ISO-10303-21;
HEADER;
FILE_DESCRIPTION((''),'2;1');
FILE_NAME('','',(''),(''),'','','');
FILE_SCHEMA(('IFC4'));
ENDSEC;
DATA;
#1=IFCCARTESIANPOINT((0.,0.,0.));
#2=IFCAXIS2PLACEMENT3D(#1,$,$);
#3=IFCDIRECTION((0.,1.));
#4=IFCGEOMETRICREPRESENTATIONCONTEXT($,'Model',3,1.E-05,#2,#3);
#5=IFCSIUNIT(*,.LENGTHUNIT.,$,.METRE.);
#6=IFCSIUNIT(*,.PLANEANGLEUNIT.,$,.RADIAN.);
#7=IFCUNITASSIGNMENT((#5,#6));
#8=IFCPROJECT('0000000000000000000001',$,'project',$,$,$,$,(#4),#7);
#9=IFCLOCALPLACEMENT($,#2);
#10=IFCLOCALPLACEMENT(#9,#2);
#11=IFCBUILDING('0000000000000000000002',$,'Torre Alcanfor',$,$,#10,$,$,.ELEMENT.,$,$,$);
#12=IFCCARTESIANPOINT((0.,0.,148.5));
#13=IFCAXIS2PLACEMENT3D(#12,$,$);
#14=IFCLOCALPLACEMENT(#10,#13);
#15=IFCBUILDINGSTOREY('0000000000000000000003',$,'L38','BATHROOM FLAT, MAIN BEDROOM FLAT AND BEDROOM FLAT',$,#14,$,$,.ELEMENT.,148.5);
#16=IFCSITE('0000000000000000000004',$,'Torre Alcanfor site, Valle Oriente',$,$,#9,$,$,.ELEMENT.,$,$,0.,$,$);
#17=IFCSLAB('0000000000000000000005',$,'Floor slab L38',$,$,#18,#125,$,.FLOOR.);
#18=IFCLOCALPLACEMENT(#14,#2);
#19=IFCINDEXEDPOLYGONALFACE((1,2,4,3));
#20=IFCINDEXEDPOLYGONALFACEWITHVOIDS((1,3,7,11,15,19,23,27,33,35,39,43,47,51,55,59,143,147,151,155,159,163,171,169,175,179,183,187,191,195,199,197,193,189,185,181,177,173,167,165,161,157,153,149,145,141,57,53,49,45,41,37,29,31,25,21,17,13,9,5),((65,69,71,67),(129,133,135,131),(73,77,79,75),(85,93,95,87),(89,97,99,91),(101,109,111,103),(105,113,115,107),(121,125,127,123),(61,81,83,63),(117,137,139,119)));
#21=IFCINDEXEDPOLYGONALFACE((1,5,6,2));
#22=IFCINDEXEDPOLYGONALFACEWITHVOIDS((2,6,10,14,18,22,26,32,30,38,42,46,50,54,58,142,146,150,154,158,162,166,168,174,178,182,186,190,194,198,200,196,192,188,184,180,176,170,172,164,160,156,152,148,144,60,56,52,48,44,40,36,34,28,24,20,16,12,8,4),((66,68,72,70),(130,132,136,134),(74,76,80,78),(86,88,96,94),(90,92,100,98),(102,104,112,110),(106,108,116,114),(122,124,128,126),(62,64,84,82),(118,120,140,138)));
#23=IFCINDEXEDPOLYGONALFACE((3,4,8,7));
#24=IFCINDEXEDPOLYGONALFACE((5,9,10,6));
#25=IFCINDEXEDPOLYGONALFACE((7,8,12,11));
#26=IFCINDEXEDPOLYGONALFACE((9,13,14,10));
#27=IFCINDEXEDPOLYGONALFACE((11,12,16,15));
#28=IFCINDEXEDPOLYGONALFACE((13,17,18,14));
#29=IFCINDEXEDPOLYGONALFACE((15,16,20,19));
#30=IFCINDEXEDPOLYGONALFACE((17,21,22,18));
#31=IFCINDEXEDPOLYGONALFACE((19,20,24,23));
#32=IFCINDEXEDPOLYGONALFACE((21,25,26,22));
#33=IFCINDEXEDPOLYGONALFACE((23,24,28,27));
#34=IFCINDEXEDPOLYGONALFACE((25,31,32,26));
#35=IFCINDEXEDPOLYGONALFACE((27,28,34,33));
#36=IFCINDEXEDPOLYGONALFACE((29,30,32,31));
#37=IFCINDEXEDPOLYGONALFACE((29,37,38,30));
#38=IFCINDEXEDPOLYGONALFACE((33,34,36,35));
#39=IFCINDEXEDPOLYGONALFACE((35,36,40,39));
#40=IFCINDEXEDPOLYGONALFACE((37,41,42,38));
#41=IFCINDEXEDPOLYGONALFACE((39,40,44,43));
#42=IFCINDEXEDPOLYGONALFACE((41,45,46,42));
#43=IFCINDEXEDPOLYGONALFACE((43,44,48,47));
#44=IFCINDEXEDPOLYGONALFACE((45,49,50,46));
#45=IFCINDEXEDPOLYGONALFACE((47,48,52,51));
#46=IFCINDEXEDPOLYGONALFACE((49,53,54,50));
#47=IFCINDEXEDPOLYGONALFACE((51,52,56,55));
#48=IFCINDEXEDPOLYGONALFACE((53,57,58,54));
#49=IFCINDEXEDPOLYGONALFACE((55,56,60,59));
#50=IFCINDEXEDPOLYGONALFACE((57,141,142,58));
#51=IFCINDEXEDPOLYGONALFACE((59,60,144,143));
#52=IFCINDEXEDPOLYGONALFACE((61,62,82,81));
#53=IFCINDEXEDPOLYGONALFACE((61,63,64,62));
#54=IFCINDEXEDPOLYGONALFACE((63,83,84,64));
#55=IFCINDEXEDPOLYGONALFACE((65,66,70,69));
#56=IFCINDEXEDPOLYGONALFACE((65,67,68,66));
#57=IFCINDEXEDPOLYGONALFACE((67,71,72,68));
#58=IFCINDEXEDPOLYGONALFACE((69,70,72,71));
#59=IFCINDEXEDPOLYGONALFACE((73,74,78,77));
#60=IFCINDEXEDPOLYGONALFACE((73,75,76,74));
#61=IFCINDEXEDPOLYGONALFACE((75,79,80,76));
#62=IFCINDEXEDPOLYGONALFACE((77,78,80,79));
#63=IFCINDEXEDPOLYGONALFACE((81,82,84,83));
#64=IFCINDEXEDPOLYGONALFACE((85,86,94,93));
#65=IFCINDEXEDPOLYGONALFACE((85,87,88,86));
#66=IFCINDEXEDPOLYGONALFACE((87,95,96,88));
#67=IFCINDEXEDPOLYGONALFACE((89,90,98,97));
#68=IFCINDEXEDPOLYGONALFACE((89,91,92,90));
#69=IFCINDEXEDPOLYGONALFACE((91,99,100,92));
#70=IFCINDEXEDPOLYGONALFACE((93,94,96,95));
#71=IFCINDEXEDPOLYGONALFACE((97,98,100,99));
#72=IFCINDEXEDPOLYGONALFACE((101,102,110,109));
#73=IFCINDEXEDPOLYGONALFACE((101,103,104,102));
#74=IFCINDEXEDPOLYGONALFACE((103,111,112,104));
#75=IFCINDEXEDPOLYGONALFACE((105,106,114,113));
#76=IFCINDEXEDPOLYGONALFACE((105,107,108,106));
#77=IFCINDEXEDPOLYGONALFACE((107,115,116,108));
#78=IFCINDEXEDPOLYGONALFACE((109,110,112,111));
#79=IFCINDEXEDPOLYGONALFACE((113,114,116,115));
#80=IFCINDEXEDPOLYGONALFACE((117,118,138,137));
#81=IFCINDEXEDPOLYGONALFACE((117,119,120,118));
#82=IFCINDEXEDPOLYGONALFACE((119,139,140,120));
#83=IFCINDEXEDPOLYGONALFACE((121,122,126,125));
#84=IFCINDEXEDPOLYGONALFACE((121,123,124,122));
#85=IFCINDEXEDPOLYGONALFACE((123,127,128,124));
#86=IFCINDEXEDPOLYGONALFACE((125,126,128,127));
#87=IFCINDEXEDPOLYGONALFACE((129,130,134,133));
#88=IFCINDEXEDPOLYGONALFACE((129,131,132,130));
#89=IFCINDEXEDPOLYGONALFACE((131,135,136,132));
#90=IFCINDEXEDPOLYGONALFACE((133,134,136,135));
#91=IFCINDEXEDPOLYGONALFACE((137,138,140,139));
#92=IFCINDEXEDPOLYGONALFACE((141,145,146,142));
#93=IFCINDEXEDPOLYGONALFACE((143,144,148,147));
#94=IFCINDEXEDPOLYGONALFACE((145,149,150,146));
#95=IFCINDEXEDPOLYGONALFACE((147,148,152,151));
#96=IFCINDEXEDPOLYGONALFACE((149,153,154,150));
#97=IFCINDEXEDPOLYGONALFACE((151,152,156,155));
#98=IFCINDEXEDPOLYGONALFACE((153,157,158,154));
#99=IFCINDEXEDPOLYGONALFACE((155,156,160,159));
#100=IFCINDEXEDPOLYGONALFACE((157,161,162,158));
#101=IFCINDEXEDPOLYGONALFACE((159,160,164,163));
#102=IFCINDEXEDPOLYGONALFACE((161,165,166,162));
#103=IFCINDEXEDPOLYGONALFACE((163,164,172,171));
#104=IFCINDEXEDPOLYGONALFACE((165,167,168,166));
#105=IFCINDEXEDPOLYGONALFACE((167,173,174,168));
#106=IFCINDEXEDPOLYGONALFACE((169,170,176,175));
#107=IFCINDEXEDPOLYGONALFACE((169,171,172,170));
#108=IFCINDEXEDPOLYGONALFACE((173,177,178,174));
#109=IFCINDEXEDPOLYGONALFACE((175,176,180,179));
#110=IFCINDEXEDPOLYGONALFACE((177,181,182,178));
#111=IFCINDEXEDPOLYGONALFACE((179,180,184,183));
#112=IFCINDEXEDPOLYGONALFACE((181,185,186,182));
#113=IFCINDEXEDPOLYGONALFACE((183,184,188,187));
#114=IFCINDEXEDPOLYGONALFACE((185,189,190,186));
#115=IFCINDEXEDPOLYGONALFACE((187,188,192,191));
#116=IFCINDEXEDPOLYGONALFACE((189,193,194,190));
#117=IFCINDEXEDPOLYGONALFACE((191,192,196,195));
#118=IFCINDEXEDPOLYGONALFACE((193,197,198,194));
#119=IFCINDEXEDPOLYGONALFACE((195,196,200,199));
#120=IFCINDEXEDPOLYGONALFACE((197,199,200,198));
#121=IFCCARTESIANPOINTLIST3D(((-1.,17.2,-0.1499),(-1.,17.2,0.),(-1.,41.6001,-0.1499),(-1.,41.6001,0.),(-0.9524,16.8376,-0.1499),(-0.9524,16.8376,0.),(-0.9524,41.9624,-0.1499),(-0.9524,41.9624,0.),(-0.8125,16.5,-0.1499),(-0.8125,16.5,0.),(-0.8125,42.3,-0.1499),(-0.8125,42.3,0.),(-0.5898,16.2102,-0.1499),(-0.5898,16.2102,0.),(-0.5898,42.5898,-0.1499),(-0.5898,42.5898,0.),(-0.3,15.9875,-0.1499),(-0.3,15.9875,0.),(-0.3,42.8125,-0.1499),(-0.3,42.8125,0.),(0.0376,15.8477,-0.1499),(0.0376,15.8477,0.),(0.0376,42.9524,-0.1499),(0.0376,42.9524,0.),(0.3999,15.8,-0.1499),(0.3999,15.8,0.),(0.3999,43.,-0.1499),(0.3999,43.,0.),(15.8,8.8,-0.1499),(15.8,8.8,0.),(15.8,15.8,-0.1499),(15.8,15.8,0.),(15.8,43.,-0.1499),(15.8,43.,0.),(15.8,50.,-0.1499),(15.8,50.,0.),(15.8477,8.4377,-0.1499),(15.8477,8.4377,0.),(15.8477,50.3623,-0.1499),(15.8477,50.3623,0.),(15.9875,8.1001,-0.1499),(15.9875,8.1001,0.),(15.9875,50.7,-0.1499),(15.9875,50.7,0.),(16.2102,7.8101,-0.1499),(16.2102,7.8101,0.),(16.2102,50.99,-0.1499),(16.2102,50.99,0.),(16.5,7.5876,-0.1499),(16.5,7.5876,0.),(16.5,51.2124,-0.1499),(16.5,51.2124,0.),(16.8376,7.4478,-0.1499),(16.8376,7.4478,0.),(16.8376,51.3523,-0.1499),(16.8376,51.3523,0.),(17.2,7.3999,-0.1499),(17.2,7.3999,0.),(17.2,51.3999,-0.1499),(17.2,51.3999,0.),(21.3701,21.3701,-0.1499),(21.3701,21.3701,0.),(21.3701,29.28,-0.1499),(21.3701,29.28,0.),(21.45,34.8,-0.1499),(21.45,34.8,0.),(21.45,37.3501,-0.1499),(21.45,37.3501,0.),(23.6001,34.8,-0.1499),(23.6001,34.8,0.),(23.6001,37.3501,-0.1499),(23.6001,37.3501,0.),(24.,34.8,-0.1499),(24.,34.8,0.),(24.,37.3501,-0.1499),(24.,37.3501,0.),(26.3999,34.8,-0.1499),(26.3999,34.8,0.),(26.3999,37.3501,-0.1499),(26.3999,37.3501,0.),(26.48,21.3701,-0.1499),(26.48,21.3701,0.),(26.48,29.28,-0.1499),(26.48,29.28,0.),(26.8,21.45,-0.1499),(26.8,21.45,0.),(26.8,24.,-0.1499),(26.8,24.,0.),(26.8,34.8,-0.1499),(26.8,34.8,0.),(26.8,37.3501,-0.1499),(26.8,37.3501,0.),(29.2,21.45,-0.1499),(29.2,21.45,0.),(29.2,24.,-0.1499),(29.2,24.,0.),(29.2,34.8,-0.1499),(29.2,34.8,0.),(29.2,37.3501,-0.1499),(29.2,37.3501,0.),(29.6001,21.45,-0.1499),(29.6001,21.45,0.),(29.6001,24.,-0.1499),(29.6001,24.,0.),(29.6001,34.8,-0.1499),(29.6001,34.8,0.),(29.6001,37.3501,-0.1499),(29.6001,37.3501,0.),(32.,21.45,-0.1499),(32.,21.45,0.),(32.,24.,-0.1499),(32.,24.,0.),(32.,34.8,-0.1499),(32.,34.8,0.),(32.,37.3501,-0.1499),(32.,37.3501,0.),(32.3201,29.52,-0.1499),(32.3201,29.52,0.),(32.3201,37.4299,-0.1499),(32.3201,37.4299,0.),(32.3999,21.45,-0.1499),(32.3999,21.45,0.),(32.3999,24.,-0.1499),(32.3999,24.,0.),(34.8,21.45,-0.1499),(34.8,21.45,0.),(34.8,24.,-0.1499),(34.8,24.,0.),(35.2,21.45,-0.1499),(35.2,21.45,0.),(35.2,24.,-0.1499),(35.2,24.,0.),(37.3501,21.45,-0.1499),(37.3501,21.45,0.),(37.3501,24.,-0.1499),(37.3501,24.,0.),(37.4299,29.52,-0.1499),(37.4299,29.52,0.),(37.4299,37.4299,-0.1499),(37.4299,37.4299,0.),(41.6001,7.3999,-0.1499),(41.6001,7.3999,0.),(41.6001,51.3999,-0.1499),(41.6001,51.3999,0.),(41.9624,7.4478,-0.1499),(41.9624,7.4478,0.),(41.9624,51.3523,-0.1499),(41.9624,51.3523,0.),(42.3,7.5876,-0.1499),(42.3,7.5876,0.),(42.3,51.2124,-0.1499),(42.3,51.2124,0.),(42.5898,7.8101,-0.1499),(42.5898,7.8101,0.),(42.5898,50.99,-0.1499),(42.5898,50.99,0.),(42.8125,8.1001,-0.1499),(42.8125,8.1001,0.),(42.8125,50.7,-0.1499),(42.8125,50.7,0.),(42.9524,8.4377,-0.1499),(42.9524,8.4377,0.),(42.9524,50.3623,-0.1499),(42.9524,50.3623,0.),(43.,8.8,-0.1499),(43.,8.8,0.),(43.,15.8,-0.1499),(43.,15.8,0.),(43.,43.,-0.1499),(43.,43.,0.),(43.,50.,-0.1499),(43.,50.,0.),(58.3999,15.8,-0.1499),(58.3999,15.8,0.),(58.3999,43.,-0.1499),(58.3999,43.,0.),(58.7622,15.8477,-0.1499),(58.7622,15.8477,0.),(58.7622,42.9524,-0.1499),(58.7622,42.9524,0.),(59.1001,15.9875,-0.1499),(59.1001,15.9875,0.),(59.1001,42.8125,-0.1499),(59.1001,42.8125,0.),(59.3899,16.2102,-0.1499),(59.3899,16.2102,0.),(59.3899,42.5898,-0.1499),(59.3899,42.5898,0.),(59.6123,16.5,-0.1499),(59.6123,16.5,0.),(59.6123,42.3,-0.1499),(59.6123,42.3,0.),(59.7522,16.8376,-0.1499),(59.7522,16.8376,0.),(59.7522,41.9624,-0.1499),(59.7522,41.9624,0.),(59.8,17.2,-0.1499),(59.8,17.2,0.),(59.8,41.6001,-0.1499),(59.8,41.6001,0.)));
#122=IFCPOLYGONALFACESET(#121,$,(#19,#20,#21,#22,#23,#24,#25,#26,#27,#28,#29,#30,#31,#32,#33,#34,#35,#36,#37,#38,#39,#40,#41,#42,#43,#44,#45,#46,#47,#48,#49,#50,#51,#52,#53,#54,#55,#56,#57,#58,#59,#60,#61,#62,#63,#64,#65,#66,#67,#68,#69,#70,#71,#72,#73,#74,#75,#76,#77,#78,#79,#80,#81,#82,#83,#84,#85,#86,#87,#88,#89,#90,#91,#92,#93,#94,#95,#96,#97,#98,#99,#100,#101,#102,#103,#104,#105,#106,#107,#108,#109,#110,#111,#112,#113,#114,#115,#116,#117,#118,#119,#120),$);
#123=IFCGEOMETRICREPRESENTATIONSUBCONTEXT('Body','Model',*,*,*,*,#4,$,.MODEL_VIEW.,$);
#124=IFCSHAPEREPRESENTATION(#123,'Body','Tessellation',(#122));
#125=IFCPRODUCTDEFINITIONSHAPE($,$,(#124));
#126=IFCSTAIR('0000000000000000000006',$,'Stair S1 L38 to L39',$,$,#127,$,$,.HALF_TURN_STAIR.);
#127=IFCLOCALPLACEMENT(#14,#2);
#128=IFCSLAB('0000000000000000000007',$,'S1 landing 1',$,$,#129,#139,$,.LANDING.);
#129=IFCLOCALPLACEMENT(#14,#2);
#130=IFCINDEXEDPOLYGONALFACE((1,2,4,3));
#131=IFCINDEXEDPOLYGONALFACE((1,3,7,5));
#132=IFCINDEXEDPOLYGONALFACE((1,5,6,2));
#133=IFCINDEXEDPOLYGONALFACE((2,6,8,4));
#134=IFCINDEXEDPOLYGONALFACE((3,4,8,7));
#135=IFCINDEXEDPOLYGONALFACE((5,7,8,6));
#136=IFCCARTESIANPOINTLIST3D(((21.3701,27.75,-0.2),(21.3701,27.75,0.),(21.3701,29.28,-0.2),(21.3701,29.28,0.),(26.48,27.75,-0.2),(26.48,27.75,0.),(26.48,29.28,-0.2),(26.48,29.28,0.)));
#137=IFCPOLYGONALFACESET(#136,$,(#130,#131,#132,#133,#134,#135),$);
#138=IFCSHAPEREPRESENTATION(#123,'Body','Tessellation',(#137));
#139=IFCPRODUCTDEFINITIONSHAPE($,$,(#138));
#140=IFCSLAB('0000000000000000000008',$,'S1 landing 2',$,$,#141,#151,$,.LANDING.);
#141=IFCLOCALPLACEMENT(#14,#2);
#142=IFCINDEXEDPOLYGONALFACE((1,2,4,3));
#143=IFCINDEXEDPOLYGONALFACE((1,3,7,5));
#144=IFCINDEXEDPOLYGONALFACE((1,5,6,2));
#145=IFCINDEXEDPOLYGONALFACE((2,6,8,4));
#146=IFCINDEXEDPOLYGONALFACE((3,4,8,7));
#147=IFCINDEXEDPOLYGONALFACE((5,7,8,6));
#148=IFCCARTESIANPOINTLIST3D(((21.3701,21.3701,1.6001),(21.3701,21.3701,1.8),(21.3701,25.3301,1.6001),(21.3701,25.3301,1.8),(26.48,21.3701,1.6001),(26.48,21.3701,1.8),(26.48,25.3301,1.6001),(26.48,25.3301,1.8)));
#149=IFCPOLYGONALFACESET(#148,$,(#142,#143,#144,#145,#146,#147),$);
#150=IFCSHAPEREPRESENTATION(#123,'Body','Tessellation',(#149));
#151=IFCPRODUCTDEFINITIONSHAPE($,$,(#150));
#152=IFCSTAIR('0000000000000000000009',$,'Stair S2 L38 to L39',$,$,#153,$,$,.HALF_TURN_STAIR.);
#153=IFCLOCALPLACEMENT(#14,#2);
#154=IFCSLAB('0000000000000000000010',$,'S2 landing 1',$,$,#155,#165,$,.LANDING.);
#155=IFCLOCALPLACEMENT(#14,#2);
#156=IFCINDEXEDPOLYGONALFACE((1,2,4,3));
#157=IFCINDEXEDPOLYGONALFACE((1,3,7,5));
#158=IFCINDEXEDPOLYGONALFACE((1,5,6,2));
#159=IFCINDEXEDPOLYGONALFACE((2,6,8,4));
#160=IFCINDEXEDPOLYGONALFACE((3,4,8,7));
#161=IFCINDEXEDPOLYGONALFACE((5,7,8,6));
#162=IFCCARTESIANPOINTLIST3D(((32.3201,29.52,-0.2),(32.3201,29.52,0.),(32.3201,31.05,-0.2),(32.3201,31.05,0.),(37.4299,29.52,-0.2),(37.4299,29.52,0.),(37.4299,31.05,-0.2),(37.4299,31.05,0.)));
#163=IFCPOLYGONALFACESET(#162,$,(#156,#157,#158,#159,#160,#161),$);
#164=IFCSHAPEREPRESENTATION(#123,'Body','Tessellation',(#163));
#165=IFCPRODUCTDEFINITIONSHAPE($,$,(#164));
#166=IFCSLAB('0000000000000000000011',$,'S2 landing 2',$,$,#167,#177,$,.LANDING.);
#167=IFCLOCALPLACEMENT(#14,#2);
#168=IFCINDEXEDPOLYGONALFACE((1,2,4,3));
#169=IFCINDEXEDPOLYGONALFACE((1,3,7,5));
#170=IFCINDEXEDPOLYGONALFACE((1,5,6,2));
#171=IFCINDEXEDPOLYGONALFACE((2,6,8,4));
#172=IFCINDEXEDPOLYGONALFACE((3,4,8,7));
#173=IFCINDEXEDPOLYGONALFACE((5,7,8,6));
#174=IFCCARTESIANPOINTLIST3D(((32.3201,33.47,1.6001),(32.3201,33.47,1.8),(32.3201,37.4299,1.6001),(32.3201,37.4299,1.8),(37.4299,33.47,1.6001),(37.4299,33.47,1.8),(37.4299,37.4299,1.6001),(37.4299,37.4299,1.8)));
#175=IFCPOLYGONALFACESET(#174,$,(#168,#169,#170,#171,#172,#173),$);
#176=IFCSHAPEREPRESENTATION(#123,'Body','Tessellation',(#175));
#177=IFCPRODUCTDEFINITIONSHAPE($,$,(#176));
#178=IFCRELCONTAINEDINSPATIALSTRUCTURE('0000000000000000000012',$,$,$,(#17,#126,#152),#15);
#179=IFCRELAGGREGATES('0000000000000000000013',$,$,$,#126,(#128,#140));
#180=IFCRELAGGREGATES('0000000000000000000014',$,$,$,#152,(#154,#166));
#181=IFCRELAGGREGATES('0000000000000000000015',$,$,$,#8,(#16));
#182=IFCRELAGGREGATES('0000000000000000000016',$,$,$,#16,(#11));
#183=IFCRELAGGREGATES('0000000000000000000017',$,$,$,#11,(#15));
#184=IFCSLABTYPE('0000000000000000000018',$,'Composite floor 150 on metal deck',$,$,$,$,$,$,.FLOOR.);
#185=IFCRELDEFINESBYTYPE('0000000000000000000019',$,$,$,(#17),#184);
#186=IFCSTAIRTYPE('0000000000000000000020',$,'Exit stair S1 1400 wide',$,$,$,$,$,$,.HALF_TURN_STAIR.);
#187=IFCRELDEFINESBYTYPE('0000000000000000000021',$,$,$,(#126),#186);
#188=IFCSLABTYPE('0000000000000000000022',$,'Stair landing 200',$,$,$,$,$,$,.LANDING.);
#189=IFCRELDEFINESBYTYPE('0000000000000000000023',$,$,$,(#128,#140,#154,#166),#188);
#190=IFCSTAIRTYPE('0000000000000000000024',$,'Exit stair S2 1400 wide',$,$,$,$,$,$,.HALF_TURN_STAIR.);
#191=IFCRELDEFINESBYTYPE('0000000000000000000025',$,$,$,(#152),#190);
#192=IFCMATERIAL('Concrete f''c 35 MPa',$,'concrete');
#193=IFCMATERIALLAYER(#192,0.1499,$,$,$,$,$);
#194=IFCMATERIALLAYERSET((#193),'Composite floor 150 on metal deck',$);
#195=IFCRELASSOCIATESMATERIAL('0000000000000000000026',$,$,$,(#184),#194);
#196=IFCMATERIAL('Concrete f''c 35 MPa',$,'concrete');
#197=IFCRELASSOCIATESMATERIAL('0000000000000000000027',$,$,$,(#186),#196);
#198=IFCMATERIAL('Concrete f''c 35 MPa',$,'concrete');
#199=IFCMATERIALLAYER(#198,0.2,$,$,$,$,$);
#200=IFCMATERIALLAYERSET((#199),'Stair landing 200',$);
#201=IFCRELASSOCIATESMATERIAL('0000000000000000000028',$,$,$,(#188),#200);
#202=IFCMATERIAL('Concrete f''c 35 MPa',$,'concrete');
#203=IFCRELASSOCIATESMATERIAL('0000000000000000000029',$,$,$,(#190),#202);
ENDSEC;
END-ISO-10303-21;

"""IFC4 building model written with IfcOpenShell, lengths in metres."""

from ifc_helpers import new_model, si_unit, direction, frame, origin, place, context, subcontext, project, spatial, polyline, outline, extrude, material, layer, layer_set, type_object, element, aggregate, save


model = new_model("IFC4")

# Units and contexts
model_context = context("Model", 3, precision=1e-05, world=origin(), true_north=direction((0.0, 1.0)))
body_context = subcontext(model_context, "Body", "Model", "MODEL_VIEW")
ifc_project = project(units=[si_unit("LENGTHUNIT", "METRE"), si_unit("PLANEANGLEUNIT", "RADIAN")], contexts=[model_context])

# Site, building, storey
site_placement = place(None, origin())
site = spatial("IfcSite", under=ifc_project, at=site_placement, Name="Torre Alcanfor site, Valle Oriente", CompositionType="ELEMENT", RefElevation=0.0)
building_placement = place(site_placement, origin())
building = spatial("IfcBuilding", under=site, at=building_placement, Name="Torre Alcanfor", CompositionType="ELEMENT")
storey_placement = place(building_placement, frame((0.0, 0.0, 148.5)))
storey = spatial("IfcBuildingStorey", under=building, at=storey_placement, Name="L38", Description="BATHROOM FLAT, MAIN BEDROOM FLAT AND BEDROOM FLAT", CompositionType="ELEMENT", Elevation=148.5)

# Slab
ifc_material_1 = material(Name="Concrete f'c 35 MPa", Category="concrete")
ifc_layer_1 = layer(ifc_material_1, 0.1499)
ifc_layer_set_1 = layer_set([ifc_layer_1], Name="Composite floor 150 on metal deck")
slab_type_1 = type_object("IfcSlabType", Name="Composite floor 150 on metal deck", PredefinedType="FLOOR", material=ifc_layer_set_1)
slab_1_placement = place(storey_placement, frame((0.0, 0.0, -0.1499)))
element("IfcSlab", 1, at=slab_1_placement, inside=storey, type_object=slab_type_1, Name="Floor slab L38", PredefinedType="FLOOR", context=body_context, shape_type="SweptSolid", body=[
    extrude(outline(polyline([(15.8, 43.0), (0.3999, 43.0), (0.0376, 42.9524), (-0.3, 42.8125), (-0.5898, 42.5898), (-0.8125, 42.3), (-0.9524, 41.9624), (-1.0, 41.6001), (-1.0, 17.2), (-0.9524, 16.8376), (-0.8125, 16.5), (-0.5898, 16.2102), (-0.3, 15.9875), (0.0376, 15.8477), (0.3999, 15.8), (15.8, 15.8), (15.8, 8.8), (15.8477, 8.4377), (15.9875, 8.1001), (16.2102, 7.8101), (16.5, 7.5876), (16.8376, 7.4478), (17.2, 7.3999), (41.6001, 7.3999), (41.9624, 7.4478), (42.3, 7.5876), (42.5898, 7.8101), (42.8125, 8.1001), (42.9524, 8.4377), (43.0, 8.8), (43.0, 15.8), (58.3999, 15.8), (58.7622, 15.8477), (59.1001, 15.9875), (59.3899, 16.2102), (59.6123, 16.5), (59.7522, 16.8376), (59.8, 17.2), (59.8, 41.6001), (59.7522, 41.9624), (59.6123, 42.3), (59.3899, 42.5898), (59.1001, 42.8125), (58.7622, 42.9524), (58.3999, 43.0), (43.0, 43.0), (43.0, 50.0), (42.9524, 50.3623), (42.8125, 50.7), (42.5898, 50.99), (42.3, 51.2124), (41.9624, 51.3523), (41.6001, 51.3999), (17.2, 51.3999), (16.8376, 51.3523), (16.5, 51.2124), (16.2102, 50.99), (15.9875, 50.7), (15.8477, 50.3623), (15.8, 50.0), (15.8, 43.0)]), holes=[polyline([(21.3701, 21.3701), (26.48, 21.3701), (26.48, 29.28), (21.3701, 29.28), (21.3701, 21.3701)]), polyline([(32.3201, 29.52), (37.4299, 29.52), (37.4299, 37.4299), (32.3201, 37.4299), (32.3201, 29.52)]), polyline([(26.8, 21.45), (29.2, 21.45), (29.2, 24.0), (26.8, 24.0), (26.8, 21.45)]), polyline([(29.6001, 21.45), (32.0, 21.45), (32.0, 24.0), (29.6001, 24.0), (29.6001, 21.45)]), polyline([(32.3999, 21.45), (34.8, 21.45), (34.8, 24.0), (32.3999, 24.0), (32.3999, 21.45)]), polyline([(35.2, 21.45), (37.3501, 21.45), (37.3501, 24.0), (35.2, 24.0), (35.2, 21.45)]), polyline([(21.45, 34.8), (23.6001, 34.8), (23.6001, 37.3501), (21.45, 37.3501), (21.45, 34.8)]), polyline([(24.0, 34.8), (26.3999, 34.8), (26.3999, 37.3501), (24.0, 37.3501), (24.0, 34.8)]), polyline([(26.8, 34.8), (29.2, 34.8), (29.2, 37.3501), (26.8, 37.3501), (26.8, 34.8)]), polyline([(29.6001, 34.8), (32.0, 34.8), (32.0, 37.3501), (29.6001, 37.3501), (29.6001, 34.8)])]), origin(), (0.0, 0.0, 1.0), 0.1499),
])

# Stairs, slabs
ifc_material_2 = material(Name="Concrete f'c 35 MPa", Category="concrete")
stair_type_1 = type_object("IfcStairType", Name="Exit stair S1 1400 wide", PredefinedType="HALF_TURN_STAIR", material=ifc_material_2)
stair_1_placement = place(storey_placement, origin())
stair_1 = element("IfcStair", 2, at=stair_1_placement, inside=storey, type_object=stair_type_1, Name="Stair S1 L38 to L39", PredefinedType="HALF_TURN_STAIR")
ifc_material_3 = material(Name="Concrete f'c 35 MPa", Category="concrete")
ifc_layer_2 = layer(ifc_material_3, 0.2)
ifc_layer_set_2 = layer_set([ifc_layer_2], Name="Stair landing 200")
slab_type_2 = type_object("IfcSlabType", Name="Stair landing 200", PredefinedType="LANDING", material=ifc_layer_set_2)
slab_2_placement = place(storey_placement, frame((0.0, 0.0, -0.2)))
slab_2 = element("IfcSlab", 3, at=slab_2_placement, type_object=slab_type_2, Name="S1 landing 1", PredefinedType="LANDING", context=body_context, shape_type="SweptSolid", body=[
    extrude(outline(polyline([(21.3701, 27.75), (26.48, 27.75), (26.48, 29.28), (21.3701, 29.28), (21.3701, 27.75)])), origin(), (0.0, 0.0, 1.0), 0.2),
])
slab_3_placement = place(storey_placement, frame((0.0, 0.0, 1.6001)))
slab_3 = element("IfcSlab", 4, at=slab_3_placement, type_object=slab_type_2, Name="S1 landing 2", PredefinedType="LANDING", context=body_context, shape_type="SweptSolid", body=[
    extrude(outline(polyline([(21.3701, 21.3701), (26.48, 21.3701), (26.48, 25.3301), (21.3701, 25.3301), (21.3701, 21.3701)])), origin(), (0.0, 0.0, 1.0), 0.2),
])
aggregate(stair_1, [slab_2, slab_3])
ifc_material_4 = material(Name="Concrete f'c 35 MPa", Category="concrete")
stair_type_2 = type_object("IfcStairType", Name="Exit stair S2 1400 wide", PredefinedType="HALF_TURN_STAIR", material=ifc_material_4)
stair_2_placement = place(storey_placement, origin())
stair_2 = element("IfcStair", 5, at=stair_2_placement, inside=storey, type_object=stair_type_2, Name="Stair S2 L38 to L39", PredefinedType="HALF_TURN_STAIR")
slab_4_placement = place(storey_placement, frame((0.0, 0.0, -0.2)))
slab_4 = element("IfcSlab", 6, at=slab_4_placement, type_object=slab_type_2, Name="S2 landing 1", PredefinedType="LANDING", context=body_context, shape_type="SweptSolid", body=[
    extrude(outline(polyline([(32.3201, 29.52), (37.4299, 29.52), (37.4299, 31.05), (32.3201, 31.05), (32.3201, 29.52)])), origin(), (0.0, 0.0, 1.0), 0.2),
])
slab_5_placement = place(storey_placement, frame((0.0, 0.0, 1.6001)))
slab_5 = element("IfcSlab", 7, at=slab_5_placement, type_object=slab_type_2, Name="S2 landing 2", PredefinedType="LANDING", context=body_context, shape_type="SweptSolid", body=[
    extrude(outline(polyline([(32.3201, 33.47), (37.4299, 33.47), (37.4299, 37.4299), (32.3201, 37.4299), (32.3201, 33.47)])), origin(), (0.0, 0.0, 1.0), 0.2),
])
aggregate(stair_2, [slab_4, slab_5])

save(model, "model.ifc")
